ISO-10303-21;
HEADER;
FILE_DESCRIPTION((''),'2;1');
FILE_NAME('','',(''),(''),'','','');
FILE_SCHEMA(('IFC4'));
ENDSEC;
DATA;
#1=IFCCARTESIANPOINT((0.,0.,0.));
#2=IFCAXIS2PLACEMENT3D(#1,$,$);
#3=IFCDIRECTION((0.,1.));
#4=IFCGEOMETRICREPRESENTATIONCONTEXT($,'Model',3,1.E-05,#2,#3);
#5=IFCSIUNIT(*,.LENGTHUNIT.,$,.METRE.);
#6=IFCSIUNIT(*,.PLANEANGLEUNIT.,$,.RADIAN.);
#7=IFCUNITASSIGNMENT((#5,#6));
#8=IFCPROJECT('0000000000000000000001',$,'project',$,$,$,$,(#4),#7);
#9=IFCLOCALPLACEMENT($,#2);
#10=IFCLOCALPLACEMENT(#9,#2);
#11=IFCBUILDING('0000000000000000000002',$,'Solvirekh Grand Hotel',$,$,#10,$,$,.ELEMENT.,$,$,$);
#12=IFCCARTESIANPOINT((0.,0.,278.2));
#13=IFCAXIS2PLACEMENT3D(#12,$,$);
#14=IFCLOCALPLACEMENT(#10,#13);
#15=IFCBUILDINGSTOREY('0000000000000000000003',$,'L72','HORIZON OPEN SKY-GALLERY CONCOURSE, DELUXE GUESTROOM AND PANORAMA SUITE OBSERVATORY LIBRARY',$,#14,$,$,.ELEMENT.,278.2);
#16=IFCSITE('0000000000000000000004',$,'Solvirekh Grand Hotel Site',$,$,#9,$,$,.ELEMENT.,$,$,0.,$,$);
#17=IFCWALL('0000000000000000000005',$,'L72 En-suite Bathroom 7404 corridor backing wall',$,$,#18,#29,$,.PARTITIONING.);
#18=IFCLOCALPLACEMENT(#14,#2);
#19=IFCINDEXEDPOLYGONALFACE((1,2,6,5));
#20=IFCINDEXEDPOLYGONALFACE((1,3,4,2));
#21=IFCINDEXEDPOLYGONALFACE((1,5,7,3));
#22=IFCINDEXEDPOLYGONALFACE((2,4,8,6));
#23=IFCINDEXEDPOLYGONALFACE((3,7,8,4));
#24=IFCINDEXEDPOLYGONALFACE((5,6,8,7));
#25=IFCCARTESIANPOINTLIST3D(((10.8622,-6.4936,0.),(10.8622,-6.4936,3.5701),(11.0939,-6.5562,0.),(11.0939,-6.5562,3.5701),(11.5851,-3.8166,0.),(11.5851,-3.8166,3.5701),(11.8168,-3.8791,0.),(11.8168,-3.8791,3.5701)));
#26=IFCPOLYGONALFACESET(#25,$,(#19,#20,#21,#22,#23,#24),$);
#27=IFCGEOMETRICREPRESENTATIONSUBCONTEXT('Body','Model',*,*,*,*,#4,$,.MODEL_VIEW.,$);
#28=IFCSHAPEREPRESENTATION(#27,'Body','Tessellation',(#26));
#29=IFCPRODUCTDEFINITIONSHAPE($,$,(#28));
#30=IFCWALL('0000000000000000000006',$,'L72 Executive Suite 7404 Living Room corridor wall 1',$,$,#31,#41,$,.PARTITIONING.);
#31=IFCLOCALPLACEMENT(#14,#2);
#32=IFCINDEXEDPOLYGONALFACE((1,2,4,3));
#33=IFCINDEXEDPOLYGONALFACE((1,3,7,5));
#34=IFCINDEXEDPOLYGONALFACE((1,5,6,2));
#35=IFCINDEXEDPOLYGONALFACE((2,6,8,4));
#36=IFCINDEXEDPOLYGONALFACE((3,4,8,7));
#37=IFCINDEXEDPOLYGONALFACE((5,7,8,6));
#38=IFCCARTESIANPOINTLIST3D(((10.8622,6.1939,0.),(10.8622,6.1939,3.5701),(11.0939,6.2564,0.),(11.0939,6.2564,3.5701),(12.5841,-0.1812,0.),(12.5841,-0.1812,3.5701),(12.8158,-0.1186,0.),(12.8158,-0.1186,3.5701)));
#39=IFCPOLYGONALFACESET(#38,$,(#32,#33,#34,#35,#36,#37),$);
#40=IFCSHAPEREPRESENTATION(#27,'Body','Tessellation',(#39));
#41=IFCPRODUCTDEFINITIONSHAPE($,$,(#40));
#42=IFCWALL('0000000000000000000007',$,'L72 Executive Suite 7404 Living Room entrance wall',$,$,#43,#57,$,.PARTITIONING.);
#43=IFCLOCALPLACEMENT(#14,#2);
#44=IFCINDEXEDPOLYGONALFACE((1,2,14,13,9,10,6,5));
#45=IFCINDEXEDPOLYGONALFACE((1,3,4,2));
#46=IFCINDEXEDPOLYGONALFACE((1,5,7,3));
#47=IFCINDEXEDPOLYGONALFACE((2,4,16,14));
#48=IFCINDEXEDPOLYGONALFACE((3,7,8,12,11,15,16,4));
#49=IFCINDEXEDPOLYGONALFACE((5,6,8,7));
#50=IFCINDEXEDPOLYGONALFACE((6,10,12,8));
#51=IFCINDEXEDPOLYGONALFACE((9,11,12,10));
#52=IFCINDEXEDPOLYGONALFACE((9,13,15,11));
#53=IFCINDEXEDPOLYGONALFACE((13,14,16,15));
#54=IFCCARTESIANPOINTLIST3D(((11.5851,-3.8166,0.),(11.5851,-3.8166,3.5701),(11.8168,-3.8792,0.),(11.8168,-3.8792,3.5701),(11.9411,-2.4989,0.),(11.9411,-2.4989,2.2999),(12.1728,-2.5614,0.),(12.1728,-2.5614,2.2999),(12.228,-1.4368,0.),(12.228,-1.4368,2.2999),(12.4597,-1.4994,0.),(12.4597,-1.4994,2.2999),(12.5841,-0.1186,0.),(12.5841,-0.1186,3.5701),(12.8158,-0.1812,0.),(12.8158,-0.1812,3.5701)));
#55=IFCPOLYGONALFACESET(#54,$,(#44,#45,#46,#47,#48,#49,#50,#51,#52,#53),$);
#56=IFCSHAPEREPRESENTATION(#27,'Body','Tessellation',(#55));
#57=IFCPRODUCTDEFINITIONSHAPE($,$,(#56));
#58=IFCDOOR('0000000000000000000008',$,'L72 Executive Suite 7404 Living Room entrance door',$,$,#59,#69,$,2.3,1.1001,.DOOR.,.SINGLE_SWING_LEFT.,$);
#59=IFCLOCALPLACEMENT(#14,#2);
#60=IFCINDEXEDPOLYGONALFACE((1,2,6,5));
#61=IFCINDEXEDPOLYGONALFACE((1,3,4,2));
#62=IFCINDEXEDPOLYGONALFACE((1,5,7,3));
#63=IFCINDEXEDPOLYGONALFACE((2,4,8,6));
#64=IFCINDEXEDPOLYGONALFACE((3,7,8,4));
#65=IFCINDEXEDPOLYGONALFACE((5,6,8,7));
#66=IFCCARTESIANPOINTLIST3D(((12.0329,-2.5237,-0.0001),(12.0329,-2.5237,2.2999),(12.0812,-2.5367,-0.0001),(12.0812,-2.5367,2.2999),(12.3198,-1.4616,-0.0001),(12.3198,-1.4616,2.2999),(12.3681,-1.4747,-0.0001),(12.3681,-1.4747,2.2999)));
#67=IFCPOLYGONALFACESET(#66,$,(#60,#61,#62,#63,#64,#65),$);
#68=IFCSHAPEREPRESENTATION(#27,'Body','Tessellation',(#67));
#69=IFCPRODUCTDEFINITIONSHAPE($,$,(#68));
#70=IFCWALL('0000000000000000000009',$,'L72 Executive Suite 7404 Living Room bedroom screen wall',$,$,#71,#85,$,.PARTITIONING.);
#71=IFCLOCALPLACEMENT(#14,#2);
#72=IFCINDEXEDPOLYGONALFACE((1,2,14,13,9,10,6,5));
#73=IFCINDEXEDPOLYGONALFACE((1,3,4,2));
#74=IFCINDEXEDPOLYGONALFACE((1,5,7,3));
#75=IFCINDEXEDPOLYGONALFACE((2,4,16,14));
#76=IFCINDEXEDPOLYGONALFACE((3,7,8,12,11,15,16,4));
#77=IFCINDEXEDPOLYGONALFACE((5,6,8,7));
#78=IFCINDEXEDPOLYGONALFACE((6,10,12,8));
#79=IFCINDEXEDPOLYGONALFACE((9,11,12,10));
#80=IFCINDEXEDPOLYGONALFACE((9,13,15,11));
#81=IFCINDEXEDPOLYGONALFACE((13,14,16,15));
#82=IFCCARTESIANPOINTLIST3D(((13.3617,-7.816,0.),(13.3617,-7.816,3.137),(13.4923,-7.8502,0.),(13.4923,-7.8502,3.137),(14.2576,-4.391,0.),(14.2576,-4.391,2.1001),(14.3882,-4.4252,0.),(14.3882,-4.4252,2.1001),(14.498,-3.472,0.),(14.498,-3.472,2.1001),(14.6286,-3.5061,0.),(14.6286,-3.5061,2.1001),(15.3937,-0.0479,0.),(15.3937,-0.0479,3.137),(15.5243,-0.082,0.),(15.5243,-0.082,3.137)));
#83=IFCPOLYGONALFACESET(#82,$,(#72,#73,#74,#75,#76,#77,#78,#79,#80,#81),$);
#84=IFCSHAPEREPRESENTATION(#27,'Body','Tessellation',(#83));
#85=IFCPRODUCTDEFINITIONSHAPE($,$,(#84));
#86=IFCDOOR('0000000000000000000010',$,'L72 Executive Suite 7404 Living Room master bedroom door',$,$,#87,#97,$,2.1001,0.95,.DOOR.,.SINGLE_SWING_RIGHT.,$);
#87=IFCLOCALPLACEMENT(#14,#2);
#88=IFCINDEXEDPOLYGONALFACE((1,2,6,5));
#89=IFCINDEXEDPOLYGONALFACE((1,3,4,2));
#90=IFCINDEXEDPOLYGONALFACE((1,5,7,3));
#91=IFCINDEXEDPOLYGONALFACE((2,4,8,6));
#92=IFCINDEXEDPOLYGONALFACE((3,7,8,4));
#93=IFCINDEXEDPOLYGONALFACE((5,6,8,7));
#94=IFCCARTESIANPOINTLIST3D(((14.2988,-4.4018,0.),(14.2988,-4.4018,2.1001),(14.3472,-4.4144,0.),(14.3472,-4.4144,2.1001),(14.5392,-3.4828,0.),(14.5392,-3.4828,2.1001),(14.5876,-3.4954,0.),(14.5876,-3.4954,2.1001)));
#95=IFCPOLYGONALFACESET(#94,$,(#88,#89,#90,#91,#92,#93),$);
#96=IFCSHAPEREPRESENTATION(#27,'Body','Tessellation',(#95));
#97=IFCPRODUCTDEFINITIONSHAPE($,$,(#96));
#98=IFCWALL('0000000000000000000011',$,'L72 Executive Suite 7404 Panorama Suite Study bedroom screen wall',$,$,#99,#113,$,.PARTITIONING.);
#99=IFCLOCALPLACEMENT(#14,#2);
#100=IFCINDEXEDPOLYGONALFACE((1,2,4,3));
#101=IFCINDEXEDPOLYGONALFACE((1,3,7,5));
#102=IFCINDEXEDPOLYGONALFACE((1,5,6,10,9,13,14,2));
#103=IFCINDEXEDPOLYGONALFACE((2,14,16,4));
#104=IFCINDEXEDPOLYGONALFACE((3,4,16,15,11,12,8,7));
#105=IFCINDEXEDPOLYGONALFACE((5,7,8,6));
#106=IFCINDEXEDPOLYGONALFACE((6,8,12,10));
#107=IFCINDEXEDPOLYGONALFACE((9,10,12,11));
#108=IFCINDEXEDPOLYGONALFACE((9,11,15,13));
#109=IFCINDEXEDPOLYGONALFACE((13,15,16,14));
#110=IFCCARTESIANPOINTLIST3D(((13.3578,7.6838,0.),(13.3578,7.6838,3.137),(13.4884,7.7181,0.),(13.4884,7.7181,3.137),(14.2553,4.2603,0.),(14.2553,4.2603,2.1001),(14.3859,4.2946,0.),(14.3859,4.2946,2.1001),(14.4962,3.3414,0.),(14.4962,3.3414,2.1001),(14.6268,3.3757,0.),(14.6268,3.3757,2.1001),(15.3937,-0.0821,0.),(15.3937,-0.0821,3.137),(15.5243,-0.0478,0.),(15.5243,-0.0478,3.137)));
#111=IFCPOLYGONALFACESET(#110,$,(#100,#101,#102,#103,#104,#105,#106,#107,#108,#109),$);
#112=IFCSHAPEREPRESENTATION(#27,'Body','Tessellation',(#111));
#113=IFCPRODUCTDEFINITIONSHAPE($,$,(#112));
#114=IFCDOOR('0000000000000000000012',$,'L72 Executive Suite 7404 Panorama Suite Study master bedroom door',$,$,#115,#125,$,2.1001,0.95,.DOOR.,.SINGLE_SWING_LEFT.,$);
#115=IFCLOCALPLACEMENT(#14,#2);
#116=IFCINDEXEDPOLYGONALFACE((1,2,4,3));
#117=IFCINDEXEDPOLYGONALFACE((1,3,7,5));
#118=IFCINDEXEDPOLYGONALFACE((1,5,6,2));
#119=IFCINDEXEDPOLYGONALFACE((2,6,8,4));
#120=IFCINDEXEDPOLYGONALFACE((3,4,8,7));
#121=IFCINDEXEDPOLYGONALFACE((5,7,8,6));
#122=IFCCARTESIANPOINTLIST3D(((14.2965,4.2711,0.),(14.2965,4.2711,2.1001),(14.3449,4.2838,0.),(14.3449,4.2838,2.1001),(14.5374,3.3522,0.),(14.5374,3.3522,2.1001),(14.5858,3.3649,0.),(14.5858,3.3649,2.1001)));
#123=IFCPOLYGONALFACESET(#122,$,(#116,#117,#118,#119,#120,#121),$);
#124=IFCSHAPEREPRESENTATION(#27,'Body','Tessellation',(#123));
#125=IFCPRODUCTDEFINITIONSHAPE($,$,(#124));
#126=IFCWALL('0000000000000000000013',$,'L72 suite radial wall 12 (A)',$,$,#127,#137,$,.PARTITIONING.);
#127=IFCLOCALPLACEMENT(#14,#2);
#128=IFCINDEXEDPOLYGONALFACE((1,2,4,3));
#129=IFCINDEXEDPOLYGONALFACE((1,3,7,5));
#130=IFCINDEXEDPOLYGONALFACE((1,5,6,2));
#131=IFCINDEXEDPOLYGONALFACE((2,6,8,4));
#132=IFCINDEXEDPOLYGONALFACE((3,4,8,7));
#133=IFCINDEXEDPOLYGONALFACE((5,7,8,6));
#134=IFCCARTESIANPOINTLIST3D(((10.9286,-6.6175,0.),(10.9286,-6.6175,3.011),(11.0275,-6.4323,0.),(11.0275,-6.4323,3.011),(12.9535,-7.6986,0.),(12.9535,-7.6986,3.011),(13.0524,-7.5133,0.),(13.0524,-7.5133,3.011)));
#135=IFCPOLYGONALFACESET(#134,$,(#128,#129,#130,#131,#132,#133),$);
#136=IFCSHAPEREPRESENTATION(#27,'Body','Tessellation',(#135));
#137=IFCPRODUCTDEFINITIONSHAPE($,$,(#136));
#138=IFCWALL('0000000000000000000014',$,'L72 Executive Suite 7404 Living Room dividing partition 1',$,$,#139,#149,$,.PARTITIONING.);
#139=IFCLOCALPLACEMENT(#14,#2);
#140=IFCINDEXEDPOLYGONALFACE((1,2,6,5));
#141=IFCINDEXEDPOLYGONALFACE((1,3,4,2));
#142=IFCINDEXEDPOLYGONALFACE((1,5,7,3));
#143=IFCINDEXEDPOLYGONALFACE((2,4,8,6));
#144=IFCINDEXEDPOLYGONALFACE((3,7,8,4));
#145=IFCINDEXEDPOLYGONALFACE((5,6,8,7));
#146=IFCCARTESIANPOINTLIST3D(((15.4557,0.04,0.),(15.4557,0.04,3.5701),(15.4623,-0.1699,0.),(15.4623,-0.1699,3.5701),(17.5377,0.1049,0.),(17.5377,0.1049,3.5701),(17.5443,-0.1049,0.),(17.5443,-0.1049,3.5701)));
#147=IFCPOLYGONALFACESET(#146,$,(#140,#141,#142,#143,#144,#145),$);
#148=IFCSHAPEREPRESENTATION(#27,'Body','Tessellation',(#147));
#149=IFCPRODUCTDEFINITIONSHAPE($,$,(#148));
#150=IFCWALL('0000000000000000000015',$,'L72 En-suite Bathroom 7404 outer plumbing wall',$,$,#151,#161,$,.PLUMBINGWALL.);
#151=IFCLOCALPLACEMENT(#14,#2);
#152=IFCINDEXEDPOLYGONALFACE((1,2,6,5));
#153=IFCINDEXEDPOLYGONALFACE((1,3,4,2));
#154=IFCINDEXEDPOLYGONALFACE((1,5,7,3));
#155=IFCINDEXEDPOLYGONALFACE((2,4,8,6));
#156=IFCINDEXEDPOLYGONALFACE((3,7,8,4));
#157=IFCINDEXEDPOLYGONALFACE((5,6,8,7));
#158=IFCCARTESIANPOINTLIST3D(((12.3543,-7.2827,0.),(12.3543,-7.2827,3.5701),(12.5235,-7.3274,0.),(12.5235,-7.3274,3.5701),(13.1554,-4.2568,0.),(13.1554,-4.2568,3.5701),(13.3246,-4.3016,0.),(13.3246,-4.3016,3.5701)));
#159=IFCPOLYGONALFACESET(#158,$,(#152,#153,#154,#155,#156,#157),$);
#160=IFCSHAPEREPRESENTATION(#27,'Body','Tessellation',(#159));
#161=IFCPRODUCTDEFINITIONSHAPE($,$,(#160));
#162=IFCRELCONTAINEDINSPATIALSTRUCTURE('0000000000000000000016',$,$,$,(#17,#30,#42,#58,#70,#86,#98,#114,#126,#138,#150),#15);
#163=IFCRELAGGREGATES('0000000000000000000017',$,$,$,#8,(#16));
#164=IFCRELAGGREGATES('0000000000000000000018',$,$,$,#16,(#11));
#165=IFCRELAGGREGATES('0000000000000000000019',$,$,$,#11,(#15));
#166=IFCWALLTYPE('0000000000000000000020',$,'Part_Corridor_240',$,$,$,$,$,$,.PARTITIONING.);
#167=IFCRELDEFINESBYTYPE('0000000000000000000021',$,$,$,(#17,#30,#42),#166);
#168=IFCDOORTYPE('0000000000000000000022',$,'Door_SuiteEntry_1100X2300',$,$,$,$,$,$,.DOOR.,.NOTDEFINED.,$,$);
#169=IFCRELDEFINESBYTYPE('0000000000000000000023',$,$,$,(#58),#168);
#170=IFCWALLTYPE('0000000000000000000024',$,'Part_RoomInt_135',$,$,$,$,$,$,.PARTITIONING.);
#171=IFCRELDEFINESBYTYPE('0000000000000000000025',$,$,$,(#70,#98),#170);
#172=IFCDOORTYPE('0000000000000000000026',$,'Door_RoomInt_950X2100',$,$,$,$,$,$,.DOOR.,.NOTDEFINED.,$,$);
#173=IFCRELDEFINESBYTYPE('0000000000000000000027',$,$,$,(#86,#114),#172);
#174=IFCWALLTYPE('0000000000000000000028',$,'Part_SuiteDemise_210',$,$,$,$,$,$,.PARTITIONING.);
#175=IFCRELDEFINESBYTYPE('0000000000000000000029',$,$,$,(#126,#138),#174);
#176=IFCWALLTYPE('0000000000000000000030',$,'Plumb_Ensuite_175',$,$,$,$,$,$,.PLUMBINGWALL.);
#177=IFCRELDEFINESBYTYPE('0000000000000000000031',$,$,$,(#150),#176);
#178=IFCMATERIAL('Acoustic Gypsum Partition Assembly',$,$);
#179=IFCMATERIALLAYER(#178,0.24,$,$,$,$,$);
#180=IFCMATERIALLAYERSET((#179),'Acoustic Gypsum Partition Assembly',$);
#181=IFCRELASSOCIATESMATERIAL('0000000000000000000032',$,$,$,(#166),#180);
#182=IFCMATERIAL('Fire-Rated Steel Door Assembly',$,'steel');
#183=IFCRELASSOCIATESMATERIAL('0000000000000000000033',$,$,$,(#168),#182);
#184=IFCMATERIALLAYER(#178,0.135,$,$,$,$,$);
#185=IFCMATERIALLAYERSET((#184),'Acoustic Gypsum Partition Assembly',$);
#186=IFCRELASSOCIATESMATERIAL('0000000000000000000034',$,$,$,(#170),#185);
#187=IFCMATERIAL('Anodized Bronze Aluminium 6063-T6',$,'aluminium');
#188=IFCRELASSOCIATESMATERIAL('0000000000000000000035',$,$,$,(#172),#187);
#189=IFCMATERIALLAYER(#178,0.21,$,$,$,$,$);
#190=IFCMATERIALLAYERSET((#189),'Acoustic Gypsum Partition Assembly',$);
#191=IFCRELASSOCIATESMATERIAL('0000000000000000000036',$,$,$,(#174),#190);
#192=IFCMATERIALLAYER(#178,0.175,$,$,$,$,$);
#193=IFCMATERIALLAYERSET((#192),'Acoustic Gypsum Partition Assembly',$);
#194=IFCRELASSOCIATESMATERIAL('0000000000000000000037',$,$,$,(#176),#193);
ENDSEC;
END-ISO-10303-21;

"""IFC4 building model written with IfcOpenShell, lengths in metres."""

from ifc_helpers import new_model, si_unit, direction, frame, frame_2d, origin, place, context, subcontext, project, spatial, rectangle, extrude, material, layer, layer_set, type_object, element, fill, save


model = new_model("IFC4")

# Units and contexts
model_context = context("Model", 3, precision=1e-05, world=origin(), true_north=direction((0.0, 1.0)))
body_context = subcontext(model_context, "Body", "Model", "MODEL_VIEW")
ifc_project = project(units=[si_unit("LENGTHUNIT", "METRE"), si_unit("PLANEANGLEUNIT", "RADIAN")], contexts=[model_context])

# Site, building, storey
site_placement = place(None, origin())
site = spatial("IfcSite", under=ifc_project, at=site_placement, Name="Solvirekh Grand Hotel Site", CompositionType="ELEMENT", RefElevation=0.0)
building_placement = place(site_placement, origin())
building = spatial("IfcBuilding", under=site, at=building_placement, Name="Solvirekh Grand Hotel", CompositionType="ELEMENT")
storey_placement = place(building_placement, frame((0.0, 0.0, 278.2)))
storey = spatial("IfcBuildingStorey", under=building, at=storey_placement, Name="L72", Description="HORIZON OPEN SKY-GALLERY CONCOURSE, DELUXE GUESTROOM AND PANORAMA SUITE OBSERVATORY LIBRARY", CompositionType="ELEMENT", Elevation=278.2)

# Shared definitions
ifc_material_1 = material(Name="Acoustic Gypsum Partition Assembly")
ifc_layer_1 = layer(ifc_material_1, 0.24)
ifc_layer_set_1 = layer_set([ifc_layer_1], Name="Acoustic Gypsum Partition Assembly")
wall_type_1 = type_object("IfcWallType", Name="Part_Corridor_240", PredefinedType="PARTITIONING", material=ifc_layer_set_1)
ifc_material_2 = material(Name="Fire-Rated Steel Door Assembly", Category="steel")

# Walls
wall_1_placement = place(storey_placement, frame((10.978, -6.5249, 0.0), z_axis=(0.0, 0.0, 1.0), x_axis=(0.260703, 0.965419, 0.0)))
element("IfcWall", 1, at=wall_1_placement, inside=storey, type_object=wall_type_1, Name="L72 En-suite Bathroom 7404 corridor backing wall", PredefinedType="PARTITIONING", context=body_context, shape_type="SweptSolid", body=[
    extrude(rectangle(XDim=2.7729, YDim=0.24, at=frame_2d((1.3865, 0.0))), origin(), (0.0, 0.0, 1.0), 3.5701),
])
wall_2_placement = place(storey_placement, frame((12.7, -0.1499, 0.0), z_axis=(0.0, 0.0, 1.0), x_axis=(-0.260761, 0.965403, 0.0)))
element("IfcWall", 2, at=wall_2_placement, inside=storey, type_object=wall_type_1, Name="L72 Executive Suite 7404 Living Room corridor wall 1", PredefinedType="PARTITIONING", context=body_context, shape_type="SweptSolid", body=[
    extrude(rectangle(XDim=6.6035, YDim=0.24, at=frame_2d((3.3018, 0.0))), origin(), (0.0, 0.0, 1.0), 3.5701),
])

# Walls, openings, doors
wall_3_placement = place(storey_placement, frame((11.7009, -3.8479, 0.0), z_axis=(0.0, 0.0, 1.0), x_axis=(0.260803, 0.965392, 0.0)))
wall_3 = element("IfcWall", 3, at=wall_3_placement, inside=storey, type_object=wall_type_1, Name="L72 Executive Suite 7404 Living Room entrance wall", PredefinedType="PARTITIONING", context=body_context, shape_type="SweptSolid", body=[
    extrude(rectangle(XDim=3.8306, YDim=0.24, at=frame_2d((1.9153, 0.0))), origin(), (0.0, 0.0, 1.0), 3.5701),
])
opening_1_placement = place(wall_3_placement, frame((1.365, 0.0, 0.0)))
opening_1 = element("IfcOpeningElement", 4, at=opening_1_placement, cuts=wall_3, PredefinedType="OPENING", context=body_context, shape_type="SweptSolid", body=[
    extrude(rectangle(XDim=1.1001, YDim=2.3, at=frame_2d((0.55, 1.1499))), frame((0.0, 0.1299, 0.0), z_axis=(0.0, -1.0, 0.0), x_axis=(1.0, 0.0, 0.0)), (0.0, 0.0, 1.0), 0.26),
])
door_type_1 = type_object("IfcDoorType", Name="Door_SuiteEntry_1100X2300", OperationType="NOTDEFINED", PredefinedType="DOOR", material=ifc_material_2)
door_1_placement = place(opening_1_placement, origin())
door_1 = element("IfcDoor", 5, at=door_1_placement, inside=storey, type_object=door_type_1, Name="L72 Executive Suite 7404 Living Room entrance door", OperationType="SINGLE_SWING_LEFT", OverallHeight=2.3, OverallWidth=1.1001, PredefinedType="DOOR", context=body_context, shape_type="SweptSolid", body=[
    extrude(rectangle(XDim=1.1001, YDim=2.3, at=frame_2d((0.55, 1.1499))), frame((0.0, 0.0249, 0.0), z_axis=(0.0, -1.0, 0.0), x_axis=(1.0, 0.0, 0.0)), (0.0, 0.0, 1.0), 0.05),
])
fill(opening_1, door_1)
ifc_layer_2 = layer(ifc_material_1, 0.135)
ifc_layer_set_2 = layer_set([ifc_layer_2], Name="Acoustic Gypsum Partition Assembly")
wall_type_2 = type_object("IfcWallType", Name="Part_RoomInt_135", PredefinedType="PARTITIONING", material=ifc_layer_set_2)
wall_4_placement = place(storey_placement, frame((13.427, -7.833, 0.0), z_axis=(0.0, 0.0, 1.0), x_axis=(0.253067, 0.967449, 0.0)))
wall_4 = element("IfcWall", 6, at=wall_4_placement, inside=storey, type_object=wall_type_2, Name="L72 Executive Suite 7404 Living Room bedroom screen wall", PredefinedType="PARTITIONING", context=body_context, shape_type="SweptSolid", body=[
    extrude(rectangle(XDim=8.0295, YDim=0.135, at=frame_2d((4.0146, 0.0))), origin(), (0.0, 0.0, 1.0), 3.137),
])
opening_2_placement = place(wall_4_placement, frame((3.54, 0.0, 0.0)))
opening_2 = element("IfcOpeningElement", 7, at=opening_2_placement, cuts=wall_4, PredefinedType="OPENING", context=body_context, shape_type="SweptSolid", body=[
    extrude(rectangle(XDim=0.95, YDim=2.1001, at=frame_2d((0.4751, 1.05))), frame((0.0, 0.0776, 0.0), z_axis=(0.0, -1.0, 0.0), x_axis=(1.0, 0.0, 0.0)), (0.0, 0.0, 1.0), 0.155),
])
ifc_material_3 = material(Name="Anodized Bronze Aluminium 6063-T6", Category="aluminium")
door_type_2 = type_object("IfcDoorType", Name="Door_RoomInt_950X2100", OperationType="NOTDEFINED", PredefinedType="DOOR", material=ifc_material_3)
door_2_placement = place(opening_2_placement, origin())
door_2 = element("IfcDoor", 8, at=door_2_placement, inside=storey, type_object=door_type_2, Name="L72 Executive Suite 7404 Living Room master bedroom door", OperationType="SINGLE_SWING_RIGHT", OverallHeight=2.1001, OverallWidth=0.95, PredefinedType="DOOR", context=body_context, shape_type="SweptSolid", body=[
    extrude(rectangle(XDim=0.95, YDim=2.1001, at=frame_2d((0.4751, 1.05))), frame((0.0, 0.0249, 0.0), z_axis=(0.0, -1.0, 0.0), x_axis=(1.0, 0.0, 0.0)), (0.0, 0.0, 1.0), 0.05),
])
fill(opening_2, door_2)
wall_5_placement = place(storey_placement, frame((15.459, -0.0649, 0.0), z_axis=(0.0, 0.0, 1.0), x_axis=(-0.253589, 0.967312, 0.0)))
wall_5 = element("IfcWall", 9, at=wall_5_placement, inside=storey, type_object=wall_type_2, Name="L72 Executive Suite 7404 Panorama Suite Study bedroom screen wall", PredefinedType="PARTITIONING", context=body_context, shape_type="SweptSolid", body=[
    extrude(rectangle(XDim=8.0283, YDim=0.135, at=frame_2d((4.0142, 0.0))), origin(), (0.0, 0.0, 1.0), 3.137),
])
opening_3_placement = place(wall_5_placement, frame((3.5391, 0.0, 0.0)))
opening_3 = element("IfcOpeningElement", 10, at=opening_3_placement, cuts=wall_5, PredefinedType="OPENING", context=body_context, shape_type="SweptSolid", body=[
    extrude(rectangle(XDim=0.95, YDim=2.1001, at=frame_2d((0.4751, 1.05))), frame((0.0, 0.0776, 0.0), z_axis=(0.0, -1.0, 0.0), x_axis=(1.0, 0.0, 0.0)), (0.0, 0.0, 1.0), 0.155),
])
door_3_placement = place(opening_3_placement, origin())
door_3 = element("IfcDoor", 11, at=door_3_placement, inside=storey, type_object=door_type_2, Name="L72 Executive Suite 7404 Panorama Suite Study master bedroom door", OperationType="SINGLE_SWING_LEFT", OverallHeight=2.1001, OverallWidth=0.95, PredefinedType="DOOR", context=body_context, shape_type="SweptSolid", body=[
    extrude(rectangle(XDim=0.95, YDim=2.1001, at=frame_2d((0.4751, 1.05))), frame((0.0, 0.0249, 0.0), z_axis=(0.0, -1.0, 0.0), x_axis=(1.0, 0.0, 0.0)), (0.0, 0.0, 1.0), 0.05),
])
fill(opening_3, door_3)

# Walls
ifc_layer_3 = layer(ifc_material_1, 0.21)
ifc_layer_set_3 = layer_set([ifc_layer_3], Name="Acoustic Gypsum Partition Assembly")
wall_type_3 = type_object("IfcWallType", Name="Part_SuiteDemise_210", PredefinedType="PARTITIONING", material=ifc_layer_set_3)
wall_6_placement = place(storey_placement, frame((10.978, -6.5249, 0.0), z_axis=(0.0, 0.0, 1.0), x_axis=(0.882153, -0.470964, 0.0)))
element("IfcWall", 12, at=wall_6_placement, inside=storey, type_object=wall_type_3, Name="L72 suite radial wall 12 (A)", PredefinedType="PARTITIONING", context=body_context, shape_type="SweptSolid", body=[
    extrude(rectangle(XDim=2.2954, YDim=0.21, at=frame_2d((1.1477, 0.0))), origin(), (0.0, 0.0, 1.0), 3.011),
])
wall_7_placement = place(storey_placement, frame((15.459, -0.0649, 0.0), z_axis=(0.0, 0.0, 1.0), x_axis=(0.999514, 0.031176, 0.0)))
element("IfcWall", 13, at=wall_7_placement, inside=storey, type_object=wall_type_3, Name="L72 Executive Suite 7404 Living Room dividing partition 1", PredefinedType="PARTITIONING", context=body_context, shape_type="SweptSolid", body=[
    extrude(rectangle(XDim=2.083, YDim=0.21, at=frame_2d((1.0415, 0.0))), origin(), (0.0, 0.0, 1.0), 3.5701),
])
ifc_layer_4 = layer(ifc_material_1, 0.175)
ifc_layer_set_4 = layer_set([ifc_layer_4], Name="Acoustic Gypsum Partition Assembly")
wall_type_4 = type_object("IfcWallType", Name="Plumb_Ensuite_175", PredefinedType="PLUMBINGWALL", material=ifc_layer_set_4)
wall_8_placement = place(storey_placement, frame((12.439, -7.3049, 0.0), z_axis=(0.0, 0.0, 1.0), x_axis=(0.25591, 0.966701, 0.0)))
element("IfcWall", 14, at=wall_8_placement, inside=storey, type_object=wall_type_4, Name="L72 En-suite Bathroom 7404 outer plumbing wall", PredefinedType="PLUMBINGWALL", context=body_context, shape_type="SweptSolid", body=[
    extrude(rectangle(XDim=3.1301, YDim=0.175, at=frame_2d((1.5649, 0.0))), origin(), (0.0, 0.0, 1.0), 3.5701),
])

save(model, "model.ifc")
